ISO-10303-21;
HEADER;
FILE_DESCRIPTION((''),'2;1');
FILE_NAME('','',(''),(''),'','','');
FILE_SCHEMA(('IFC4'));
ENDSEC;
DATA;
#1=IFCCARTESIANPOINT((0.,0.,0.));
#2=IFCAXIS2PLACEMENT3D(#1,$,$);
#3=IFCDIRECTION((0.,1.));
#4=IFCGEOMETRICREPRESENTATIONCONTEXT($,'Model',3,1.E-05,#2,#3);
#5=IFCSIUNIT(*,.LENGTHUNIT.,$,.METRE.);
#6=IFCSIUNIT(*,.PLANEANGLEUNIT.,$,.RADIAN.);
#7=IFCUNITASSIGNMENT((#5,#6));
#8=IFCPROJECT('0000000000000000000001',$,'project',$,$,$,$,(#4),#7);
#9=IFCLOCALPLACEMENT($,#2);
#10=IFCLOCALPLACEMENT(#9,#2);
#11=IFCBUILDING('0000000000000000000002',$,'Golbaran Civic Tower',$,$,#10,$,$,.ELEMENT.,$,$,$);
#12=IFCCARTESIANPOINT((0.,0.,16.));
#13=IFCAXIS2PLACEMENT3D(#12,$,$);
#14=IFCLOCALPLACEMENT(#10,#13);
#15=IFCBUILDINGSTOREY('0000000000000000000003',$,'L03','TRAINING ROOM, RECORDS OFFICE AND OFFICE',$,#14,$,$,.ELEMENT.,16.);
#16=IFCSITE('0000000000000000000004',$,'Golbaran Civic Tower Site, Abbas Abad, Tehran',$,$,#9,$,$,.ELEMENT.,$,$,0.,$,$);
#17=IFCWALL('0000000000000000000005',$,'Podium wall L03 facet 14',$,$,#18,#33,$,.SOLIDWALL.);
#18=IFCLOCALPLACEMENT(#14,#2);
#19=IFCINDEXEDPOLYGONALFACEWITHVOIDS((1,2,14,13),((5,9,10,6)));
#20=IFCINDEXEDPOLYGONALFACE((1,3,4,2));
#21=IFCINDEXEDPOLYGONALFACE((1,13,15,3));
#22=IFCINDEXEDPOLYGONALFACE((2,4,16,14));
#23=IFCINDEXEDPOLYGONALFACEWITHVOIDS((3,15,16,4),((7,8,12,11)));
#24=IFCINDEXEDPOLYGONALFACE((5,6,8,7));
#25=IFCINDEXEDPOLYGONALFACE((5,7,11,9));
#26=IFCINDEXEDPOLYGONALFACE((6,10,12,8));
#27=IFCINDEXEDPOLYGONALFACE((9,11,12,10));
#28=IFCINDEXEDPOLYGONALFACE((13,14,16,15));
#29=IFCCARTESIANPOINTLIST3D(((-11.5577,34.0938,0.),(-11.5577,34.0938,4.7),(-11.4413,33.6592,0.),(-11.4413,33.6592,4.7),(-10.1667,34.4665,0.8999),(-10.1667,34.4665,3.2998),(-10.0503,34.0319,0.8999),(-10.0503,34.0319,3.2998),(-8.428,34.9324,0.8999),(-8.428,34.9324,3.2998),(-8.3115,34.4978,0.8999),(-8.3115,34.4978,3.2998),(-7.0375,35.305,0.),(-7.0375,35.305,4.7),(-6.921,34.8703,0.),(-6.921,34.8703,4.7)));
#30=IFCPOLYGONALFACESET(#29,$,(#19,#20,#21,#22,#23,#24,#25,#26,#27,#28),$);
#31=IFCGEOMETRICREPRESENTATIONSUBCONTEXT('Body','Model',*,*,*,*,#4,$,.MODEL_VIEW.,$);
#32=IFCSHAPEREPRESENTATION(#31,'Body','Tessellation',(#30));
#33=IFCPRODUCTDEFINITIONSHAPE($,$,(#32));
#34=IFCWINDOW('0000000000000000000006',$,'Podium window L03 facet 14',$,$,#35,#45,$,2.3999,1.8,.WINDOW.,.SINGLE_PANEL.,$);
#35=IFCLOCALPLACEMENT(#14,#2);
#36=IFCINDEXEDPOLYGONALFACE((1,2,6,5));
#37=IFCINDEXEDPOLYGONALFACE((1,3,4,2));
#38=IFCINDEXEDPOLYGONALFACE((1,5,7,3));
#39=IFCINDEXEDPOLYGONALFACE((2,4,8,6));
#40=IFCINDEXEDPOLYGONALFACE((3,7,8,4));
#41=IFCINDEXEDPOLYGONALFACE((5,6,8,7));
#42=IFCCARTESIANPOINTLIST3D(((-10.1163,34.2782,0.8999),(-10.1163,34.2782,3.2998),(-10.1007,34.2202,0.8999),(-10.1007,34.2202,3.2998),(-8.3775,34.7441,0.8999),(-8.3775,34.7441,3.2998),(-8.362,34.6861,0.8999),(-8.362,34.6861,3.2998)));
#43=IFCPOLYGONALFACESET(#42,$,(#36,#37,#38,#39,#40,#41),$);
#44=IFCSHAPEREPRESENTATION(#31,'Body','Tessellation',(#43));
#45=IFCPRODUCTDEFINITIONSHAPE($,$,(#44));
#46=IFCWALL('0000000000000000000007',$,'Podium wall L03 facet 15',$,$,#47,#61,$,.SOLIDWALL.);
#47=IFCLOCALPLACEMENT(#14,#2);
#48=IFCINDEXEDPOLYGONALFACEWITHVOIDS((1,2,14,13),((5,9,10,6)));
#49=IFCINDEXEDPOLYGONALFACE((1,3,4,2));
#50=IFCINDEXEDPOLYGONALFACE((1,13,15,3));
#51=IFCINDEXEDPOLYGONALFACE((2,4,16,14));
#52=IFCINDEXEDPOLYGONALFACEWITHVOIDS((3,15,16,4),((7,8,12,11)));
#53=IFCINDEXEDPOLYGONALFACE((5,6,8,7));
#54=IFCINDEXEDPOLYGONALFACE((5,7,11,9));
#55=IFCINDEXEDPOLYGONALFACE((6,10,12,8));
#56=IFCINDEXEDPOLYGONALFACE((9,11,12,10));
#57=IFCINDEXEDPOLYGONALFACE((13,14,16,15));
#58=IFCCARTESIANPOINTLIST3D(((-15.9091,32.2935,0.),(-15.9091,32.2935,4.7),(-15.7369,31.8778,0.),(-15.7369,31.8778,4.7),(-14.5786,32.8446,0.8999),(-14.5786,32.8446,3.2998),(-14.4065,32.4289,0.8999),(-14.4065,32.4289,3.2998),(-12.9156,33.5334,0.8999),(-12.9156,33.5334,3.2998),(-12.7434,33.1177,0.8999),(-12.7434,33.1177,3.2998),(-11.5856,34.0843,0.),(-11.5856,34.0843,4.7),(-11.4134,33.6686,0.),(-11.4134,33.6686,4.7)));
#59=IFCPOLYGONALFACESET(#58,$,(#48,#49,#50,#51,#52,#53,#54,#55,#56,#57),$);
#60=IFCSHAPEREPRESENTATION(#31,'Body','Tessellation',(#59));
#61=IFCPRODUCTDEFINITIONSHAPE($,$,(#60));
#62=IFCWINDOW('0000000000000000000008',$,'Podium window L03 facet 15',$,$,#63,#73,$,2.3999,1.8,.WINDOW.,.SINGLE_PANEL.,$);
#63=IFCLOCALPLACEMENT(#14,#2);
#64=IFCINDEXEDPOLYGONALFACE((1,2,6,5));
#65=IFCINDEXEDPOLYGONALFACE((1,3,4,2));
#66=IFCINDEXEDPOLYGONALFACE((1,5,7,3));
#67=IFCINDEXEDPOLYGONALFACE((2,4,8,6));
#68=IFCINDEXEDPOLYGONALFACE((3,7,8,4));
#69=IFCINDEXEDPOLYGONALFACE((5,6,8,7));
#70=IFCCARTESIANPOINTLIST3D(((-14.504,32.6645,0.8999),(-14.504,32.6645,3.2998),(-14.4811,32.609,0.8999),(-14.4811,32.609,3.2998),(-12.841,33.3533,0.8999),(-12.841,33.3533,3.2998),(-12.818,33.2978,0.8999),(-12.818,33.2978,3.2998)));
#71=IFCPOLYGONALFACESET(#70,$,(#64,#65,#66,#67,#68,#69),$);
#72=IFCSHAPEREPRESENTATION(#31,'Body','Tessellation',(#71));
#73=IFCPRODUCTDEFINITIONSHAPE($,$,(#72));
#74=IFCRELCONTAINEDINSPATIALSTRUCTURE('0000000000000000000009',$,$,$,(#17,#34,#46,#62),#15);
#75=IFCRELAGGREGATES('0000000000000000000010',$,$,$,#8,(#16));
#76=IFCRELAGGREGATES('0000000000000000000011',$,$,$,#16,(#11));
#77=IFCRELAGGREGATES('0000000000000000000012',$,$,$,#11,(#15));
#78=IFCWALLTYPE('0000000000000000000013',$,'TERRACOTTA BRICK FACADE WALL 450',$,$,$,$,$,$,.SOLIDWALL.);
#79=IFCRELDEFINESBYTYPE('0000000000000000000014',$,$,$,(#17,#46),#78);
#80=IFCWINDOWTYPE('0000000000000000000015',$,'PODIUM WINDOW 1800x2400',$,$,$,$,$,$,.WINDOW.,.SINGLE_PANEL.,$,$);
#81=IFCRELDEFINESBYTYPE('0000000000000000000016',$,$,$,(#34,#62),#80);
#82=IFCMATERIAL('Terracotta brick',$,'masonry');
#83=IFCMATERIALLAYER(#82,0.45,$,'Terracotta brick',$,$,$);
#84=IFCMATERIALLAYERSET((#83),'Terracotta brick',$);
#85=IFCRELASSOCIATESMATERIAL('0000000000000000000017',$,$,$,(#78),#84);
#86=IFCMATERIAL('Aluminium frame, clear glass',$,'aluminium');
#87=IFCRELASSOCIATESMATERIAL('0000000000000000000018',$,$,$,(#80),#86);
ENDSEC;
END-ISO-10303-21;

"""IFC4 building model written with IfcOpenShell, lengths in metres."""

from ifc_helpers import new_model, si_unit, direction, frame, frame_2d, origin, place, context, subcontext, project, spatial, rectangle, extrude, material, layer, layer_set, type_object, element, fill, save


model = new_model("IFC4")

# Units and contexts
model_context = context("Model", 3, precision=1e-05, world=origin(), true_north=direction((0.0, 1.0)))
body_context = subcontext(model_context, "Body", "Model", "MODEL_VIEW")
ifc_project = project(units=[si_unit("LENGTHUNIT", "METRE"), si_unit("PLANEANGLEUNIT", "RADIAN")], contexts=[model_context])

# Site, building, storey
site_placement = place(None, origin())
site = spatial("IfcSite", under=ifc_project, at=site_placement, Name="Golbaran Civic Tower Site, Abbas Abad, Tehran", CompositionType="ELEMENT", RefElevation=0.0)
building_placement = place(site_placement, origin())
building = spatial("IfcBuilding", under=site, at=building_placement, Name="Golbaran Civic Tower", CompositionType="ELEMENT")
storey_placement = place(building_placement, frame((0.0, 0.0, 16.0)))
storey = spatial("IfcBuildingStorey", under=building, at=storey_placement, Name="L03", Description="TRAINING ROOM, RECORDS OFFICE AND OFFICE", CompositionType="ELEMENT", Elevation=16.0)

# Walls, openings, windows
ifc_material_1 = material(Name="Terracotta brick", Category="masonry")
ifc_layer_1 = layer(ifc_material_1, 0.45, Name="Terracotta brick")
ifc_layer_set_1 = layer_set([ifc_layer_1], Name="Terracotta brick")
wall_type_1 = type_object("IfcWallType", Name="TERRACOTTA BRICK FACADE WALL 450", PredefinedType="SOLIDWALL", material=ifc_layer_set_1)
ifc_material_2 = material(Name="Aluminium frame, clear glass", Category="aluminium")
window_type = type_object("IfcWindowType", Name="PODIUM WINDOW 1800x2400", PartitioningType="SINGLE_PANEL", PredefinedType="WINDOW", material=ifc_material_2)
wall_1_placement = place(storey_placement, frame((-6.9792, 35.0876, 0.0), z_axis=(0.0, 0.0, 1.0), x_axis=(-0.965927, -0.258815, 0.0)))
wall_1 = element("IfcWall", 1, at=wall_1_placement, inside=storey, type_object=wall_type_1, Name="Podium wall L03 facet 14", PredefinedType="SOLIDWALL", context=body_context, shape_type="SweptSolid", body=[
    extrude(rectangle(XDim=4.6797, YDim=0.45, at=frame_2d((2.3398, 0.0))), origin(), (0.0, 0.0, 1.0), 4.7),
])
opening_1_placement = place(wall_1_placement, frame((1.4397, 0.0, 0.8999)))
opening_1 = element("IfcOpeningElement", 2, at=opening_1_placement, cuts=wall_1, PredefinedType="OPENING", context=body_context, shape_type="SweptSolid", body=[
    extrude(rectangle(XDim=1.8, YDim=2.3999, at=frame_2d((0.8999, 1.2))), frame((0.0, 0.2349, 0.0), z_axis=(0.0, -1.0, 0.0), x_axis=(1.0, 0.0, 0.0)), (0.0, 0.0, 1.0), 0.47),
])
window_1_placement = place(opening_1_placement, origin())
window_1 = element("IfcWindow", 3, at=window_1_placement, inside=storey, type_object=window_type, Name="Podium window L03 facet 14", OverallHeight=2.3999, OverallWidth=1.8, PartitioningType="SINGLE_PANEL", PredefinedType="WINDOW", context=body_context, shape_type="SweptSolid", body=[
    extrude(rectangle(XDim=1.8, YDim=2.3999, at=frame_2d((0.8999, 1.2))), frame((0.0, 0.03, 0.0), z_axis=(0.0, -1.0, 0.0), x_axis=(1.0, 0.0, 0.0)), (0.0, 0.0, 1.0), 0.0601),
])
fill(opening_1, window_1)
wall_2_placement = place(storey_placement, frame((-11.4995, 33.8765, 0.0), z_axis=(0.0, 0.0, 1.0), x_axis=(-0.923885, -0.38267, 0.0)))
wall_2 = element("IfcWall", 4, at=wall_2_placement, inside=storey, type_object=wall_type_1, Name="Podium wall L03 facet 15", PredefinedType="SOLIDWALL", context=body_context, shape_type="SweptSolid", body=[
    extrude(rectangle(XDim=4.6797, YDim=0.45, at=frame_2d((2.3398, 0.0))), origin(), (0.0, 0.0, 1.0), 4.7),
])
opening_2_placement = place(wall_2_placement, frame((1.4397, 0.0, 0.8999)))
opening_2 = element("IfcOpeningElement", 5, at=opening_2_placement, cuts=wall_2, PredefinedType="OPENING", context=body_context, shape_type="SweptSolid", body=[
    extrude(rectangle(XDim=1.8, YDim=2.3999, at=frame_2d((0.8999, 1.2))), frame((0.0, 0.2349, 0.0), z_axis=(0.0, -1.0, 0.0), x_axis=(1.0, 0.0, 0.0)), (0.0, 0.0, 1.0), 0.47),
])
window_2_placement = place(opening_2_placement, origin())
window_2 = element("IfcWindow", 6, at=window_2_placement, inside=storey, type_object=window_type, Name="Podium window L03 facet 15", OverallHeight=2.3999, OverallWidth=1.8, PartitioningType="SINGLE_PANEL", PredefinedType="WINDOW", context=body_context, shape_type="SweptSolid", body=[
    extrude(rectangle(XDim=1.8, YDim=2.3999, at=frame_2d((0.8999, 1.2))), frame((0.0, 0.03, 0.0), z_axis=(0.0, -1.0, 0.0), x_axis=(1.0, 0.0, 0.0)), (0.0, 0.0, 1.0), 0.0601),
])
fill(opening_2, window_2)

save(model, "model.ifc")
